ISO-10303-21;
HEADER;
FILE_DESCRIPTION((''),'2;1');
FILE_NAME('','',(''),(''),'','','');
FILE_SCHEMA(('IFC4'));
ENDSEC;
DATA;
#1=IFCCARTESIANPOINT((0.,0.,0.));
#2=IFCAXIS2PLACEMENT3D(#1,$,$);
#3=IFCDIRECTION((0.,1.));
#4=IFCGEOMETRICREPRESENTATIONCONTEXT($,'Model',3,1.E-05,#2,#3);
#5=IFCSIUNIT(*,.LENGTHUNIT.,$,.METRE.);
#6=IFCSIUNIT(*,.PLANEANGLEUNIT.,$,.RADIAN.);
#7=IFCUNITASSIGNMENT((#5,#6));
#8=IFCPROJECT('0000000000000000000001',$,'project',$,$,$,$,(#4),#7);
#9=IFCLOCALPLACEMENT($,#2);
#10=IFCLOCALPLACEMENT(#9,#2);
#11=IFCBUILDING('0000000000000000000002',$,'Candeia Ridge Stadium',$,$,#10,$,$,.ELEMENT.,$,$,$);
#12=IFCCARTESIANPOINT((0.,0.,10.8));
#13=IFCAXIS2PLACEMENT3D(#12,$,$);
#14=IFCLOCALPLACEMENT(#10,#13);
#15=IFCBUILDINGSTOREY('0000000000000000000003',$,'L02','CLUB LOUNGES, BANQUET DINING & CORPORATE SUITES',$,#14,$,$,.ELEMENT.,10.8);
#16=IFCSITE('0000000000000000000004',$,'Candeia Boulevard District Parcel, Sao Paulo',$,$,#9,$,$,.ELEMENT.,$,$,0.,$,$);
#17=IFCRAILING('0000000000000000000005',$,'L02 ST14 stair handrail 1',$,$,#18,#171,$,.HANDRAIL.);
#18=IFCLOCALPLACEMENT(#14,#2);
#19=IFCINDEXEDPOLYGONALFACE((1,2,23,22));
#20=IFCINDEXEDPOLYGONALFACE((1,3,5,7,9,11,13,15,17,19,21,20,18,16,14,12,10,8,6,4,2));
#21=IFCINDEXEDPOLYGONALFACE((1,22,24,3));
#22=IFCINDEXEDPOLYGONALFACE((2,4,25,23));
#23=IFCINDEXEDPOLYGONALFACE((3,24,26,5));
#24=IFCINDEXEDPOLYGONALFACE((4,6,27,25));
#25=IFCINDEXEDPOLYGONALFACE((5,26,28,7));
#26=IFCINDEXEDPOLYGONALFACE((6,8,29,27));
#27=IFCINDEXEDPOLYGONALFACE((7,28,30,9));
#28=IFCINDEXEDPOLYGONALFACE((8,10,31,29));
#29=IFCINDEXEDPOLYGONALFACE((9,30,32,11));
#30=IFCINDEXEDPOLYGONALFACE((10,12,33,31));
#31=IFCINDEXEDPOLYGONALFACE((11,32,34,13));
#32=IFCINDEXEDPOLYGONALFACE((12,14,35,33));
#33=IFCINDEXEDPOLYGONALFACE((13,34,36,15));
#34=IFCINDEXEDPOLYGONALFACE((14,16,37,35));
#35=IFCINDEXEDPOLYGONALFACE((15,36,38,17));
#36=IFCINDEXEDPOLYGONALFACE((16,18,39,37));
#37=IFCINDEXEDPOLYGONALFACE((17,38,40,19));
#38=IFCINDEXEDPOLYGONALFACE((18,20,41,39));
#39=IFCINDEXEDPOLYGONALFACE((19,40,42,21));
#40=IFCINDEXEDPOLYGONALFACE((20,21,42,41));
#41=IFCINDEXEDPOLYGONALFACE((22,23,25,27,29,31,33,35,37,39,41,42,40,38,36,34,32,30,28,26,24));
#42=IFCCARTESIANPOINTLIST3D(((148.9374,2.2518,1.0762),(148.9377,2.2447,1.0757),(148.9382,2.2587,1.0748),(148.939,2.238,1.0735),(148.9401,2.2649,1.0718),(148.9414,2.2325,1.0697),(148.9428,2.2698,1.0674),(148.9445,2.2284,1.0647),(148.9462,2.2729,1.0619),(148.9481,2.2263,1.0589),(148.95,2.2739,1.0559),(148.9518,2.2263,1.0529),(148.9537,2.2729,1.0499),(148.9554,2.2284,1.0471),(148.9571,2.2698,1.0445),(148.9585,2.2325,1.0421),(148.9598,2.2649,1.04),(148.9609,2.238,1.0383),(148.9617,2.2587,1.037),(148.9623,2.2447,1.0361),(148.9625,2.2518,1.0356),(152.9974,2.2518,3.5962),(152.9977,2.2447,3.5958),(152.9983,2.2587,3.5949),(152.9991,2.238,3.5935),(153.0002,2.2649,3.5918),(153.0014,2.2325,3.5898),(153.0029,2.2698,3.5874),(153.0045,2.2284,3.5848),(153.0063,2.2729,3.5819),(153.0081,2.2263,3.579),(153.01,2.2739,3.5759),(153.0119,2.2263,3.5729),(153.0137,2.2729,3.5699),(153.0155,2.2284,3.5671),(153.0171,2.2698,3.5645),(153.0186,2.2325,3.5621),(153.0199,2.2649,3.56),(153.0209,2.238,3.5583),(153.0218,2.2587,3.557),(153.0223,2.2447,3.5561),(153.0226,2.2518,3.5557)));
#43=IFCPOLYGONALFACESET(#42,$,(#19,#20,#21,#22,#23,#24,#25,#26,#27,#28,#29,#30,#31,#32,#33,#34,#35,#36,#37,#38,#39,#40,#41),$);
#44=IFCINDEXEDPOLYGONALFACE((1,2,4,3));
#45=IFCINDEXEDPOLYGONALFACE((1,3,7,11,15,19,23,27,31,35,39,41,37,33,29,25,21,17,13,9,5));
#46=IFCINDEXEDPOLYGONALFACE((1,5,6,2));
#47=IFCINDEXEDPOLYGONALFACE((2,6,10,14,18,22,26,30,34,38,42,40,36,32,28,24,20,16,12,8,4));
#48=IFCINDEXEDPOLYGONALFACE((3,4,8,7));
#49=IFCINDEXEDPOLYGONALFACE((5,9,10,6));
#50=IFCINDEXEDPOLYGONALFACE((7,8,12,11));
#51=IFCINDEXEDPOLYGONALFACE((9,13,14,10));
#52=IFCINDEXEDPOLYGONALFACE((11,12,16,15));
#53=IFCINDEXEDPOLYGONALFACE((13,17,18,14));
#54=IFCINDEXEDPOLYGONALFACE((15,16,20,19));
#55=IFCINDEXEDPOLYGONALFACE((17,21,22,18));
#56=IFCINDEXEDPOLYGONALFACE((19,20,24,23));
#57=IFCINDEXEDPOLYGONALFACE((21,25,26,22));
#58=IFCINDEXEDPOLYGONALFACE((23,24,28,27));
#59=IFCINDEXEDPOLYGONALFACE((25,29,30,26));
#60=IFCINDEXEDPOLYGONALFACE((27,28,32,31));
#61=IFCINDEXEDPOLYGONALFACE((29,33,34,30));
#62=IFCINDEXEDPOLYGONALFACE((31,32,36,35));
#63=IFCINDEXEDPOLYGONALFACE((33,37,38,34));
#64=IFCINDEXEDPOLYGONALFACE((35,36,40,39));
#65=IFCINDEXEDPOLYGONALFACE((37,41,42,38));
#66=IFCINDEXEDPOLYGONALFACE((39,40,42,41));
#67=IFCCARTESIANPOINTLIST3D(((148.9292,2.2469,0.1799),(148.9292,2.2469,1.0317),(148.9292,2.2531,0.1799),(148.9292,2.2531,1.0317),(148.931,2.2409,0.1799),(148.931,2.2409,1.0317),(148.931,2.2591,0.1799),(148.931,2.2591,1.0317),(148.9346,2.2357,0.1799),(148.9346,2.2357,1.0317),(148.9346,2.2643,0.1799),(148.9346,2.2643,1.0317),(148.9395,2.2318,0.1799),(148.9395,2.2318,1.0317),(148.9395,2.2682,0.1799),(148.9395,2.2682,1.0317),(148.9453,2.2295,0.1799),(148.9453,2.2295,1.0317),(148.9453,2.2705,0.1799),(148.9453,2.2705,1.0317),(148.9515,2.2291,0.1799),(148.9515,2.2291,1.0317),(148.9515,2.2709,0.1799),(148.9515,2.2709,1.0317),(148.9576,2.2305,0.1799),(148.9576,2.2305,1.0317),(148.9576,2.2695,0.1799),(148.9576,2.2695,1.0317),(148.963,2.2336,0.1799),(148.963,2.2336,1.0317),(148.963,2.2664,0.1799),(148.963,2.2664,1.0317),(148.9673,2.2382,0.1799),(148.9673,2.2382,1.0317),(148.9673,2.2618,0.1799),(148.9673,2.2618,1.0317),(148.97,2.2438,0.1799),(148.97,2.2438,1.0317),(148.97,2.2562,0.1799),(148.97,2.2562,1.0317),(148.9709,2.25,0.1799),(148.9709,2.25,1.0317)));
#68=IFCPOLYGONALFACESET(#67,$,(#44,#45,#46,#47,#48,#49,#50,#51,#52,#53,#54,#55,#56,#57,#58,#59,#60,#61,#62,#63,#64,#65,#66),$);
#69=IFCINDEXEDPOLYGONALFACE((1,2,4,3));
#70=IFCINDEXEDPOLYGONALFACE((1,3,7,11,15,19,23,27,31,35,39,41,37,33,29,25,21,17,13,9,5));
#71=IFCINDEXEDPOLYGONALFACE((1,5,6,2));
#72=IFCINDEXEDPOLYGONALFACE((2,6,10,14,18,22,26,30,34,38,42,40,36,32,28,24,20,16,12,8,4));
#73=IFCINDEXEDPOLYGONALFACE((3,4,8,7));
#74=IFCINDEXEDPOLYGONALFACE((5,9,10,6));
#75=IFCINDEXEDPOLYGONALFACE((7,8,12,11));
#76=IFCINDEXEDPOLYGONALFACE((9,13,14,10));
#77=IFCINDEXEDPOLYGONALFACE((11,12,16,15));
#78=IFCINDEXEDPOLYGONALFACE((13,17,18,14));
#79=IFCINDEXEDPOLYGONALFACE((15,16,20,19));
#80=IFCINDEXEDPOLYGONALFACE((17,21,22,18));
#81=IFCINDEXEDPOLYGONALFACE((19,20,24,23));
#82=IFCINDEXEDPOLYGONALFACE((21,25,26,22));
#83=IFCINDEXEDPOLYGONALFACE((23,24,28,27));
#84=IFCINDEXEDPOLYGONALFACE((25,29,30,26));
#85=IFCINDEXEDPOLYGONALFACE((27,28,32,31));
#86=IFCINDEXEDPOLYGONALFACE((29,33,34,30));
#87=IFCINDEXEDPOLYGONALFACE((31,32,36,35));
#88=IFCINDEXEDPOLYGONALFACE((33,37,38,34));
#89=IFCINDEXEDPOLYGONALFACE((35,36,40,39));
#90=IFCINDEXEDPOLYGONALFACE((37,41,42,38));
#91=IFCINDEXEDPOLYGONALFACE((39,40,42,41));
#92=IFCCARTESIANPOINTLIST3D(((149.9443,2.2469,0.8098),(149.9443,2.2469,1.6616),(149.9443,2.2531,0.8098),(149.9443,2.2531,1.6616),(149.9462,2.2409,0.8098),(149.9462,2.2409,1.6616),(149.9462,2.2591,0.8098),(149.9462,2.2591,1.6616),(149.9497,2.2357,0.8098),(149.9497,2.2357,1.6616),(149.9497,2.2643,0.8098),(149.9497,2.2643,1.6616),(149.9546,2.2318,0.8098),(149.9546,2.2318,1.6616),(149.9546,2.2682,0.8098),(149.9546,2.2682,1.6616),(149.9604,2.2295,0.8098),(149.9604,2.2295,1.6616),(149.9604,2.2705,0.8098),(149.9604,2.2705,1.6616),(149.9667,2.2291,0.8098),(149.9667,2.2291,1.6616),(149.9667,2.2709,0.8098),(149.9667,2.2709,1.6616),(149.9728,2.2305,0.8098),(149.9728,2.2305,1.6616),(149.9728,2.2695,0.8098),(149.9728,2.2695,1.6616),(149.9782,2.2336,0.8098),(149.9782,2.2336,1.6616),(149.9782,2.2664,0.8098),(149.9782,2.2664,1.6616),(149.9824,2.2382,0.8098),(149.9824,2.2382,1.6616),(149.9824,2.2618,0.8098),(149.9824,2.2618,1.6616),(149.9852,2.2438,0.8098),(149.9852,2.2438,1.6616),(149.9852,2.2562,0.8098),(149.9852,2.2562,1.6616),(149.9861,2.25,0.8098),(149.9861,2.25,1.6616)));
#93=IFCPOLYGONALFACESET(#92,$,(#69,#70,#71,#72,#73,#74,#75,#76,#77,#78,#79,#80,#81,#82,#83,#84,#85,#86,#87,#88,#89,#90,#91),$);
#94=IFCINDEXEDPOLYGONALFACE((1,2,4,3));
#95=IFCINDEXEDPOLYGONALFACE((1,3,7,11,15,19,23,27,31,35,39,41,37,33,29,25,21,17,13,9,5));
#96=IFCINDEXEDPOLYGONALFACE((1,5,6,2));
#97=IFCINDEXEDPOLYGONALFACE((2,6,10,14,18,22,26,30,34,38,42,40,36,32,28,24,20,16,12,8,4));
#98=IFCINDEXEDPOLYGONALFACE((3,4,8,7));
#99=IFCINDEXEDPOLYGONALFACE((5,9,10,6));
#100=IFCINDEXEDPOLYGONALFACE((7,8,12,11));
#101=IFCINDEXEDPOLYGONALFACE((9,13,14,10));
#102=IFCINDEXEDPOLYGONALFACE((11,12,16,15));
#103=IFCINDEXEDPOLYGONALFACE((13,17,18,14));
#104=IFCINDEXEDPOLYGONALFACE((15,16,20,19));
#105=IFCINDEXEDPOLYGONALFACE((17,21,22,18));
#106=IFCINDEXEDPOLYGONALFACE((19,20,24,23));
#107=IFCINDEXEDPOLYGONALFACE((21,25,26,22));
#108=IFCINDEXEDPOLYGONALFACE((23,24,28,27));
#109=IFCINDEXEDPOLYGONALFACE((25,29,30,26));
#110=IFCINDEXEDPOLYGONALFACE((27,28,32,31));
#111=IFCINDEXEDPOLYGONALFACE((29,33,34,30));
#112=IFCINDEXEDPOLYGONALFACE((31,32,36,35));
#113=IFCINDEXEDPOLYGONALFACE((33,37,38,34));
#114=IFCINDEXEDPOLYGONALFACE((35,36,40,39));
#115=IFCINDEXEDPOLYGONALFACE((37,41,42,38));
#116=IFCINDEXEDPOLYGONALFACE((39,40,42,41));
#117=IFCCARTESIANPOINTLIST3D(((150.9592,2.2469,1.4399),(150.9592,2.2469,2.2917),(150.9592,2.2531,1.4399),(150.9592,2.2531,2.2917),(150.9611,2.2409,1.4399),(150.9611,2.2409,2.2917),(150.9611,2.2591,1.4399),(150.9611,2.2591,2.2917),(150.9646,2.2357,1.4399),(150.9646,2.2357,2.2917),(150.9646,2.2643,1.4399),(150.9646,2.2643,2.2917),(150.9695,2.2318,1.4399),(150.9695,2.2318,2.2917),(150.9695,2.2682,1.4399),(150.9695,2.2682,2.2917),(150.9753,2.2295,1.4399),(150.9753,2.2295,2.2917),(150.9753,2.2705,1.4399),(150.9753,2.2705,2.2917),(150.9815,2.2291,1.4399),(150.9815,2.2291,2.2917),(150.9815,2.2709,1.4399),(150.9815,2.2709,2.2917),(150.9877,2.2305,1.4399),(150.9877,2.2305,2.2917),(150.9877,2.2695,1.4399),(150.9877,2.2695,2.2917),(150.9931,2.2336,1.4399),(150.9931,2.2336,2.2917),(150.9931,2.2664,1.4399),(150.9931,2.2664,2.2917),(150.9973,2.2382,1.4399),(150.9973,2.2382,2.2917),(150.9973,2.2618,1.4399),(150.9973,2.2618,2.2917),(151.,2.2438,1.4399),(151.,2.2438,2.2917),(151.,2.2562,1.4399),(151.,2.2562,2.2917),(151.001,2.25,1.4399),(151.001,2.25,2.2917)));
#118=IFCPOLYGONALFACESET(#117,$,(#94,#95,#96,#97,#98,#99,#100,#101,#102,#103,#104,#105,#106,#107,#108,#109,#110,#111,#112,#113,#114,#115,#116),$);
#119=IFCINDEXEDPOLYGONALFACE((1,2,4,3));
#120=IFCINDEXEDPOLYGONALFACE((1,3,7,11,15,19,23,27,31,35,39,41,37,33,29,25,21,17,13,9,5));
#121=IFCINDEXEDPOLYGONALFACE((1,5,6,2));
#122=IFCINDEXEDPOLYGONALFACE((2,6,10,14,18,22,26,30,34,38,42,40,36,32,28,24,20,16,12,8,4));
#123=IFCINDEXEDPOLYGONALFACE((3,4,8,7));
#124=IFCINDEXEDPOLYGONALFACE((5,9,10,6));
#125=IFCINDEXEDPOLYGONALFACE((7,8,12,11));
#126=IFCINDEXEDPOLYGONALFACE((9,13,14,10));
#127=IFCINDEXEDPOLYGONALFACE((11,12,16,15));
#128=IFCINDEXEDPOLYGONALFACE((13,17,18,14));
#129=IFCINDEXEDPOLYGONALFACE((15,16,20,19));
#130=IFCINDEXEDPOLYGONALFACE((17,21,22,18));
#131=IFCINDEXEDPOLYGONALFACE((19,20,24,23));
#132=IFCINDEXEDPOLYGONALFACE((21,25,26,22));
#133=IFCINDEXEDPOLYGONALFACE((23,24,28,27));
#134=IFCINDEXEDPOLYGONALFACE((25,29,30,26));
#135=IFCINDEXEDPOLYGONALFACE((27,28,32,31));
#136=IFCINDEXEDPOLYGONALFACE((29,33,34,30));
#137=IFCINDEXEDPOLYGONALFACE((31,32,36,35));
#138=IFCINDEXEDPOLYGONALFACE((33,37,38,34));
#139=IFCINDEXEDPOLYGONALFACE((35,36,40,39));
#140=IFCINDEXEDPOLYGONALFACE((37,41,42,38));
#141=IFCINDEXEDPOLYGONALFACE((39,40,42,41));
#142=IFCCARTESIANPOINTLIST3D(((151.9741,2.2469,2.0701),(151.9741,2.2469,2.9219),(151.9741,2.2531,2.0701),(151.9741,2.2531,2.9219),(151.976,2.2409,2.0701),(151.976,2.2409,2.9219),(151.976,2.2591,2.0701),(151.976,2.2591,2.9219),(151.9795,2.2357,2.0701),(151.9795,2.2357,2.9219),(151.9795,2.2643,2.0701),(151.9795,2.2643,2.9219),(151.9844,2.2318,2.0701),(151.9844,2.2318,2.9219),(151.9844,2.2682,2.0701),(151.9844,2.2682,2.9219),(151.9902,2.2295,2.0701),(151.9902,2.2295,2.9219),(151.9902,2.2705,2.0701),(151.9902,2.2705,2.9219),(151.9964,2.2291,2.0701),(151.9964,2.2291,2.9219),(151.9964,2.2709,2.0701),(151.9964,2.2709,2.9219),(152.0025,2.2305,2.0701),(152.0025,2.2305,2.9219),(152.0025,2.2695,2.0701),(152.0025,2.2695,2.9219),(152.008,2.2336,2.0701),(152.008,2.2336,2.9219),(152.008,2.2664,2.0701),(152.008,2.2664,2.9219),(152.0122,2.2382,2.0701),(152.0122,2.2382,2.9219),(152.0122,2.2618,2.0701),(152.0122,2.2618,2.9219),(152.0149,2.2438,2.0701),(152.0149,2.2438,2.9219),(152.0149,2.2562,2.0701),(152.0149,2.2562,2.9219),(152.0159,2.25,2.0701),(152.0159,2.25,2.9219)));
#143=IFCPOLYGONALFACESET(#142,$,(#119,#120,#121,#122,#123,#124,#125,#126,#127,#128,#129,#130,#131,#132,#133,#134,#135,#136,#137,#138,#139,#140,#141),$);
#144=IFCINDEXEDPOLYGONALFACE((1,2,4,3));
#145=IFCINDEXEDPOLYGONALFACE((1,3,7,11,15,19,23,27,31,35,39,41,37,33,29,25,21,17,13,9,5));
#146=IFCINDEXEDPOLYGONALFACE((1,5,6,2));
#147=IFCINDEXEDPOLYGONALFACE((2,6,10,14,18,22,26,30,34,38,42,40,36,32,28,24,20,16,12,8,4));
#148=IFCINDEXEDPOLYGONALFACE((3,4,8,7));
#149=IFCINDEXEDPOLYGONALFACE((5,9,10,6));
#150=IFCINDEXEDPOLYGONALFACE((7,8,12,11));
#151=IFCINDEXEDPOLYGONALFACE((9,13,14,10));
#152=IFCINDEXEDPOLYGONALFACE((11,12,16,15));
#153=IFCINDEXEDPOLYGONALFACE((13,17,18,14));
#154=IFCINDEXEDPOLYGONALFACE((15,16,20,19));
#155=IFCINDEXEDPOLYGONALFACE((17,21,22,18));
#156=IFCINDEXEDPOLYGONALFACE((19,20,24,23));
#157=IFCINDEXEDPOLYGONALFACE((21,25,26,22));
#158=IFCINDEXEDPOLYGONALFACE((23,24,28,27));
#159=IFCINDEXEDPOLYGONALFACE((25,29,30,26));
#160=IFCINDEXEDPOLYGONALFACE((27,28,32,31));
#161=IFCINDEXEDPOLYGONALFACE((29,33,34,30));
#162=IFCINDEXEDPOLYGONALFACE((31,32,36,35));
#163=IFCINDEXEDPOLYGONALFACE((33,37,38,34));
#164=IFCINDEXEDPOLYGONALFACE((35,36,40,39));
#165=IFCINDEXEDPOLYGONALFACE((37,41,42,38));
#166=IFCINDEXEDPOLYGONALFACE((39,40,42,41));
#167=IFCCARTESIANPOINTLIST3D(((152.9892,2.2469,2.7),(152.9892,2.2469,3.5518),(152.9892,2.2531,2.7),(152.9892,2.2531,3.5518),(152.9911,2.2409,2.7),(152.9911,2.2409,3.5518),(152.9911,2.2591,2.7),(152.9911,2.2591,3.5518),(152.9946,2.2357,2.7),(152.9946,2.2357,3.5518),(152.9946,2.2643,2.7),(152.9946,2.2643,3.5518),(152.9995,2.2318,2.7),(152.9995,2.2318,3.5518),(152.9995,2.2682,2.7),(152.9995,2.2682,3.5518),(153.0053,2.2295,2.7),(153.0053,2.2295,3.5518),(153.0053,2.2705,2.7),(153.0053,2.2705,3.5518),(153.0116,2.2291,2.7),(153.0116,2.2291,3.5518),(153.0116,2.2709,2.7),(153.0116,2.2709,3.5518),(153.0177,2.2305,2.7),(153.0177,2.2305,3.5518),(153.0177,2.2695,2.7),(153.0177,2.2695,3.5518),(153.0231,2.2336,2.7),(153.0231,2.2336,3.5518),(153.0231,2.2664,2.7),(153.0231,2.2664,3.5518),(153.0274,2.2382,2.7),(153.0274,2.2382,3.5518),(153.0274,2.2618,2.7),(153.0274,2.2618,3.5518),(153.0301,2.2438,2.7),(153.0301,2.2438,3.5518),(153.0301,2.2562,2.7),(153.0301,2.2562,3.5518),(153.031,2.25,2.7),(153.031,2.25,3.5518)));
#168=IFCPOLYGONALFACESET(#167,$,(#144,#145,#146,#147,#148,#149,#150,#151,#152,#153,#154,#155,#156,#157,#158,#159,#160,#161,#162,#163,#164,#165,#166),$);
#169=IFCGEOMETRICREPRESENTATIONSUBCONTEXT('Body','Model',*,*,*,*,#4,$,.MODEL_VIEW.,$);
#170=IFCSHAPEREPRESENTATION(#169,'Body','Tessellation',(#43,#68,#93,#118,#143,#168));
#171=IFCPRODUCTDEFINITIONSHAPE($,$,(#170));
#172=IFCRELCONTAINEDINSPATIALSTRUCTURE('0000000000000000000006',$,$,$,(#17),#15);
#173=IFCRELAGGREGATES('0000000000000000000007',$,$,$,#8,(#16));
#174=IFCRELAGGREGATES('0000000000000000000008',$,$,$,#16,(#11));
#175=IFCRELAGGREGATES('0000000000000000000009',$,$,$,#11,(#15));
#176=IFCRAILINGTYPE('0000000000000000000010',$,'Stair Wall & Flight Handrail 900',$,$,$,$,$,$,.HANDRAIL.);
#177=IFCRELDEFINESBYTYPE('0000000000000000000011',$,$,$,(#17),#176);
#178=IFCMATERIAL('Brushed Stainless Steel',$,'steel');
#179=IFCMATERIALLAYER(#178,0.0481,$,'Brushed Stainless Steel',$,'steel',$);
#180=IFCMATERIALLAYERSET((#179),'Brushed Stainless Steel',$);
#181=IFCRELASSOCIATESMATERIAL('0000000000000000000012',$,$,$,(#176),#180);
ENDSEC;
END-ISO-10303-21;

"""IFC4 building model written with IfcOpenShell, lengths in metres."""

from ifc_helpers import new_model, si_unit, direction, frame, origin, origin_2d, place, context, subcontext, project, spatial, circle, extrude, material, layer, layer_set, type_object, element, save


model = new_model("IFC4")

# Units and contexts
model_context = context("Model", 3, precision=1e-05, world=origin(), true_north=direction((0.0, 1.0)))
body_context = subcontext(model_context, "Body", "Model", "MODEL_VIEW")
ifc_project = project(units=[si_unit("LENGTHUNIT", "METRE"), si_unit("PLANEANGLEUNIT", "RADIAN")], contexts=[model_context])

# Site, building, storey
site_placement = place(None, origin())
site = spatial("IfcSite", under=ifc_project, at=site_placement, Name="Candeia Boulevard District Parcel, Sao Paulo", CompositionType="ELEMENT", RefElevation=0.0)
building_placement = place(site_placement, origin())
building = spatial("IfcBuilding", under=site, at=building_placement, Name="Candeia Ridge Stadium", CompositionType="ELEMENT")
storey_placement = place(building_placement, frame((0.0, 0.0, 10.8)))
storey = spatial("IfcBuildingStorey", under=building, at=storey_placement, Name="L02", Description="CLUB LOUNGES, BANQUET DINING & CORPORATE SUITES", CompositionType="ELEMENT", Elevation=10.8)

# Railing
ifc_material_1 = material(Name="Brushed Stainless Steel", Category="steel")
ifc_layer_1 = layer(ifc_material_1, 0.0481, Name="Brushed Stainless Steel", Category="steel")
ifc_layer_set_1 = layer_set([ifc_layer_1], Name="Brushed Stainless Steel")
railing_type = type_object("IfcRailingType", Name="Stair Wall & Flight Handrail 900", PredefinedType="HANDRAIL", material=ifc_layer_set_1)
railing_placement = place(storey_placement, frame((148.95, 2.25, 0.1799)))
element("IfcRailing", 1, at=railing_placement, inside=storey, type_object=railing_type, Name="L02 ST14 stair handrail 1", PredefinedType="HANDRAIL", context=body_context, shape_type="SweptSolid", body=[
    extrude(circle(Radius=0.0239, at=origin_2d()), frame((0.0, 0.0, 0.876), z_axis=(0.849642, 0.0, 0.52736), x_axis=(0.0, 1.0, 0.0)), (0.0, 0.0, 1.0), 4.7786),
    extrude(circle(Radius=0.021, at=origin_2d()), origin(), (0.0, 0.0, 1.0), 0.8518),
    extrude(circle(Radius=0.021, at=origin_2d()), frame((1.0151, 0.0, 0.6299)), (0.0, 0.0, 1.0), 0.8518),
    extrude(circle(Radius=0.021, at=origin_2d()), frame((2.03, 0.0, 1.26)), (0.0, 0.0, 1.0), 0.8518),
    extrude(circle(Radius=0.021, at=origin_2d()), frame((3.0449, 0.0, 1.8901)), (0.0, 0.0, 1.0), 0.8518),
    extrude(circle(Radius=0.021, at=origin_2d()), frame((4.0601, 0.0, 2.52)), (0.0, 0.0, 1.0), 0.8518),
])

save(model, "model.ifc")
